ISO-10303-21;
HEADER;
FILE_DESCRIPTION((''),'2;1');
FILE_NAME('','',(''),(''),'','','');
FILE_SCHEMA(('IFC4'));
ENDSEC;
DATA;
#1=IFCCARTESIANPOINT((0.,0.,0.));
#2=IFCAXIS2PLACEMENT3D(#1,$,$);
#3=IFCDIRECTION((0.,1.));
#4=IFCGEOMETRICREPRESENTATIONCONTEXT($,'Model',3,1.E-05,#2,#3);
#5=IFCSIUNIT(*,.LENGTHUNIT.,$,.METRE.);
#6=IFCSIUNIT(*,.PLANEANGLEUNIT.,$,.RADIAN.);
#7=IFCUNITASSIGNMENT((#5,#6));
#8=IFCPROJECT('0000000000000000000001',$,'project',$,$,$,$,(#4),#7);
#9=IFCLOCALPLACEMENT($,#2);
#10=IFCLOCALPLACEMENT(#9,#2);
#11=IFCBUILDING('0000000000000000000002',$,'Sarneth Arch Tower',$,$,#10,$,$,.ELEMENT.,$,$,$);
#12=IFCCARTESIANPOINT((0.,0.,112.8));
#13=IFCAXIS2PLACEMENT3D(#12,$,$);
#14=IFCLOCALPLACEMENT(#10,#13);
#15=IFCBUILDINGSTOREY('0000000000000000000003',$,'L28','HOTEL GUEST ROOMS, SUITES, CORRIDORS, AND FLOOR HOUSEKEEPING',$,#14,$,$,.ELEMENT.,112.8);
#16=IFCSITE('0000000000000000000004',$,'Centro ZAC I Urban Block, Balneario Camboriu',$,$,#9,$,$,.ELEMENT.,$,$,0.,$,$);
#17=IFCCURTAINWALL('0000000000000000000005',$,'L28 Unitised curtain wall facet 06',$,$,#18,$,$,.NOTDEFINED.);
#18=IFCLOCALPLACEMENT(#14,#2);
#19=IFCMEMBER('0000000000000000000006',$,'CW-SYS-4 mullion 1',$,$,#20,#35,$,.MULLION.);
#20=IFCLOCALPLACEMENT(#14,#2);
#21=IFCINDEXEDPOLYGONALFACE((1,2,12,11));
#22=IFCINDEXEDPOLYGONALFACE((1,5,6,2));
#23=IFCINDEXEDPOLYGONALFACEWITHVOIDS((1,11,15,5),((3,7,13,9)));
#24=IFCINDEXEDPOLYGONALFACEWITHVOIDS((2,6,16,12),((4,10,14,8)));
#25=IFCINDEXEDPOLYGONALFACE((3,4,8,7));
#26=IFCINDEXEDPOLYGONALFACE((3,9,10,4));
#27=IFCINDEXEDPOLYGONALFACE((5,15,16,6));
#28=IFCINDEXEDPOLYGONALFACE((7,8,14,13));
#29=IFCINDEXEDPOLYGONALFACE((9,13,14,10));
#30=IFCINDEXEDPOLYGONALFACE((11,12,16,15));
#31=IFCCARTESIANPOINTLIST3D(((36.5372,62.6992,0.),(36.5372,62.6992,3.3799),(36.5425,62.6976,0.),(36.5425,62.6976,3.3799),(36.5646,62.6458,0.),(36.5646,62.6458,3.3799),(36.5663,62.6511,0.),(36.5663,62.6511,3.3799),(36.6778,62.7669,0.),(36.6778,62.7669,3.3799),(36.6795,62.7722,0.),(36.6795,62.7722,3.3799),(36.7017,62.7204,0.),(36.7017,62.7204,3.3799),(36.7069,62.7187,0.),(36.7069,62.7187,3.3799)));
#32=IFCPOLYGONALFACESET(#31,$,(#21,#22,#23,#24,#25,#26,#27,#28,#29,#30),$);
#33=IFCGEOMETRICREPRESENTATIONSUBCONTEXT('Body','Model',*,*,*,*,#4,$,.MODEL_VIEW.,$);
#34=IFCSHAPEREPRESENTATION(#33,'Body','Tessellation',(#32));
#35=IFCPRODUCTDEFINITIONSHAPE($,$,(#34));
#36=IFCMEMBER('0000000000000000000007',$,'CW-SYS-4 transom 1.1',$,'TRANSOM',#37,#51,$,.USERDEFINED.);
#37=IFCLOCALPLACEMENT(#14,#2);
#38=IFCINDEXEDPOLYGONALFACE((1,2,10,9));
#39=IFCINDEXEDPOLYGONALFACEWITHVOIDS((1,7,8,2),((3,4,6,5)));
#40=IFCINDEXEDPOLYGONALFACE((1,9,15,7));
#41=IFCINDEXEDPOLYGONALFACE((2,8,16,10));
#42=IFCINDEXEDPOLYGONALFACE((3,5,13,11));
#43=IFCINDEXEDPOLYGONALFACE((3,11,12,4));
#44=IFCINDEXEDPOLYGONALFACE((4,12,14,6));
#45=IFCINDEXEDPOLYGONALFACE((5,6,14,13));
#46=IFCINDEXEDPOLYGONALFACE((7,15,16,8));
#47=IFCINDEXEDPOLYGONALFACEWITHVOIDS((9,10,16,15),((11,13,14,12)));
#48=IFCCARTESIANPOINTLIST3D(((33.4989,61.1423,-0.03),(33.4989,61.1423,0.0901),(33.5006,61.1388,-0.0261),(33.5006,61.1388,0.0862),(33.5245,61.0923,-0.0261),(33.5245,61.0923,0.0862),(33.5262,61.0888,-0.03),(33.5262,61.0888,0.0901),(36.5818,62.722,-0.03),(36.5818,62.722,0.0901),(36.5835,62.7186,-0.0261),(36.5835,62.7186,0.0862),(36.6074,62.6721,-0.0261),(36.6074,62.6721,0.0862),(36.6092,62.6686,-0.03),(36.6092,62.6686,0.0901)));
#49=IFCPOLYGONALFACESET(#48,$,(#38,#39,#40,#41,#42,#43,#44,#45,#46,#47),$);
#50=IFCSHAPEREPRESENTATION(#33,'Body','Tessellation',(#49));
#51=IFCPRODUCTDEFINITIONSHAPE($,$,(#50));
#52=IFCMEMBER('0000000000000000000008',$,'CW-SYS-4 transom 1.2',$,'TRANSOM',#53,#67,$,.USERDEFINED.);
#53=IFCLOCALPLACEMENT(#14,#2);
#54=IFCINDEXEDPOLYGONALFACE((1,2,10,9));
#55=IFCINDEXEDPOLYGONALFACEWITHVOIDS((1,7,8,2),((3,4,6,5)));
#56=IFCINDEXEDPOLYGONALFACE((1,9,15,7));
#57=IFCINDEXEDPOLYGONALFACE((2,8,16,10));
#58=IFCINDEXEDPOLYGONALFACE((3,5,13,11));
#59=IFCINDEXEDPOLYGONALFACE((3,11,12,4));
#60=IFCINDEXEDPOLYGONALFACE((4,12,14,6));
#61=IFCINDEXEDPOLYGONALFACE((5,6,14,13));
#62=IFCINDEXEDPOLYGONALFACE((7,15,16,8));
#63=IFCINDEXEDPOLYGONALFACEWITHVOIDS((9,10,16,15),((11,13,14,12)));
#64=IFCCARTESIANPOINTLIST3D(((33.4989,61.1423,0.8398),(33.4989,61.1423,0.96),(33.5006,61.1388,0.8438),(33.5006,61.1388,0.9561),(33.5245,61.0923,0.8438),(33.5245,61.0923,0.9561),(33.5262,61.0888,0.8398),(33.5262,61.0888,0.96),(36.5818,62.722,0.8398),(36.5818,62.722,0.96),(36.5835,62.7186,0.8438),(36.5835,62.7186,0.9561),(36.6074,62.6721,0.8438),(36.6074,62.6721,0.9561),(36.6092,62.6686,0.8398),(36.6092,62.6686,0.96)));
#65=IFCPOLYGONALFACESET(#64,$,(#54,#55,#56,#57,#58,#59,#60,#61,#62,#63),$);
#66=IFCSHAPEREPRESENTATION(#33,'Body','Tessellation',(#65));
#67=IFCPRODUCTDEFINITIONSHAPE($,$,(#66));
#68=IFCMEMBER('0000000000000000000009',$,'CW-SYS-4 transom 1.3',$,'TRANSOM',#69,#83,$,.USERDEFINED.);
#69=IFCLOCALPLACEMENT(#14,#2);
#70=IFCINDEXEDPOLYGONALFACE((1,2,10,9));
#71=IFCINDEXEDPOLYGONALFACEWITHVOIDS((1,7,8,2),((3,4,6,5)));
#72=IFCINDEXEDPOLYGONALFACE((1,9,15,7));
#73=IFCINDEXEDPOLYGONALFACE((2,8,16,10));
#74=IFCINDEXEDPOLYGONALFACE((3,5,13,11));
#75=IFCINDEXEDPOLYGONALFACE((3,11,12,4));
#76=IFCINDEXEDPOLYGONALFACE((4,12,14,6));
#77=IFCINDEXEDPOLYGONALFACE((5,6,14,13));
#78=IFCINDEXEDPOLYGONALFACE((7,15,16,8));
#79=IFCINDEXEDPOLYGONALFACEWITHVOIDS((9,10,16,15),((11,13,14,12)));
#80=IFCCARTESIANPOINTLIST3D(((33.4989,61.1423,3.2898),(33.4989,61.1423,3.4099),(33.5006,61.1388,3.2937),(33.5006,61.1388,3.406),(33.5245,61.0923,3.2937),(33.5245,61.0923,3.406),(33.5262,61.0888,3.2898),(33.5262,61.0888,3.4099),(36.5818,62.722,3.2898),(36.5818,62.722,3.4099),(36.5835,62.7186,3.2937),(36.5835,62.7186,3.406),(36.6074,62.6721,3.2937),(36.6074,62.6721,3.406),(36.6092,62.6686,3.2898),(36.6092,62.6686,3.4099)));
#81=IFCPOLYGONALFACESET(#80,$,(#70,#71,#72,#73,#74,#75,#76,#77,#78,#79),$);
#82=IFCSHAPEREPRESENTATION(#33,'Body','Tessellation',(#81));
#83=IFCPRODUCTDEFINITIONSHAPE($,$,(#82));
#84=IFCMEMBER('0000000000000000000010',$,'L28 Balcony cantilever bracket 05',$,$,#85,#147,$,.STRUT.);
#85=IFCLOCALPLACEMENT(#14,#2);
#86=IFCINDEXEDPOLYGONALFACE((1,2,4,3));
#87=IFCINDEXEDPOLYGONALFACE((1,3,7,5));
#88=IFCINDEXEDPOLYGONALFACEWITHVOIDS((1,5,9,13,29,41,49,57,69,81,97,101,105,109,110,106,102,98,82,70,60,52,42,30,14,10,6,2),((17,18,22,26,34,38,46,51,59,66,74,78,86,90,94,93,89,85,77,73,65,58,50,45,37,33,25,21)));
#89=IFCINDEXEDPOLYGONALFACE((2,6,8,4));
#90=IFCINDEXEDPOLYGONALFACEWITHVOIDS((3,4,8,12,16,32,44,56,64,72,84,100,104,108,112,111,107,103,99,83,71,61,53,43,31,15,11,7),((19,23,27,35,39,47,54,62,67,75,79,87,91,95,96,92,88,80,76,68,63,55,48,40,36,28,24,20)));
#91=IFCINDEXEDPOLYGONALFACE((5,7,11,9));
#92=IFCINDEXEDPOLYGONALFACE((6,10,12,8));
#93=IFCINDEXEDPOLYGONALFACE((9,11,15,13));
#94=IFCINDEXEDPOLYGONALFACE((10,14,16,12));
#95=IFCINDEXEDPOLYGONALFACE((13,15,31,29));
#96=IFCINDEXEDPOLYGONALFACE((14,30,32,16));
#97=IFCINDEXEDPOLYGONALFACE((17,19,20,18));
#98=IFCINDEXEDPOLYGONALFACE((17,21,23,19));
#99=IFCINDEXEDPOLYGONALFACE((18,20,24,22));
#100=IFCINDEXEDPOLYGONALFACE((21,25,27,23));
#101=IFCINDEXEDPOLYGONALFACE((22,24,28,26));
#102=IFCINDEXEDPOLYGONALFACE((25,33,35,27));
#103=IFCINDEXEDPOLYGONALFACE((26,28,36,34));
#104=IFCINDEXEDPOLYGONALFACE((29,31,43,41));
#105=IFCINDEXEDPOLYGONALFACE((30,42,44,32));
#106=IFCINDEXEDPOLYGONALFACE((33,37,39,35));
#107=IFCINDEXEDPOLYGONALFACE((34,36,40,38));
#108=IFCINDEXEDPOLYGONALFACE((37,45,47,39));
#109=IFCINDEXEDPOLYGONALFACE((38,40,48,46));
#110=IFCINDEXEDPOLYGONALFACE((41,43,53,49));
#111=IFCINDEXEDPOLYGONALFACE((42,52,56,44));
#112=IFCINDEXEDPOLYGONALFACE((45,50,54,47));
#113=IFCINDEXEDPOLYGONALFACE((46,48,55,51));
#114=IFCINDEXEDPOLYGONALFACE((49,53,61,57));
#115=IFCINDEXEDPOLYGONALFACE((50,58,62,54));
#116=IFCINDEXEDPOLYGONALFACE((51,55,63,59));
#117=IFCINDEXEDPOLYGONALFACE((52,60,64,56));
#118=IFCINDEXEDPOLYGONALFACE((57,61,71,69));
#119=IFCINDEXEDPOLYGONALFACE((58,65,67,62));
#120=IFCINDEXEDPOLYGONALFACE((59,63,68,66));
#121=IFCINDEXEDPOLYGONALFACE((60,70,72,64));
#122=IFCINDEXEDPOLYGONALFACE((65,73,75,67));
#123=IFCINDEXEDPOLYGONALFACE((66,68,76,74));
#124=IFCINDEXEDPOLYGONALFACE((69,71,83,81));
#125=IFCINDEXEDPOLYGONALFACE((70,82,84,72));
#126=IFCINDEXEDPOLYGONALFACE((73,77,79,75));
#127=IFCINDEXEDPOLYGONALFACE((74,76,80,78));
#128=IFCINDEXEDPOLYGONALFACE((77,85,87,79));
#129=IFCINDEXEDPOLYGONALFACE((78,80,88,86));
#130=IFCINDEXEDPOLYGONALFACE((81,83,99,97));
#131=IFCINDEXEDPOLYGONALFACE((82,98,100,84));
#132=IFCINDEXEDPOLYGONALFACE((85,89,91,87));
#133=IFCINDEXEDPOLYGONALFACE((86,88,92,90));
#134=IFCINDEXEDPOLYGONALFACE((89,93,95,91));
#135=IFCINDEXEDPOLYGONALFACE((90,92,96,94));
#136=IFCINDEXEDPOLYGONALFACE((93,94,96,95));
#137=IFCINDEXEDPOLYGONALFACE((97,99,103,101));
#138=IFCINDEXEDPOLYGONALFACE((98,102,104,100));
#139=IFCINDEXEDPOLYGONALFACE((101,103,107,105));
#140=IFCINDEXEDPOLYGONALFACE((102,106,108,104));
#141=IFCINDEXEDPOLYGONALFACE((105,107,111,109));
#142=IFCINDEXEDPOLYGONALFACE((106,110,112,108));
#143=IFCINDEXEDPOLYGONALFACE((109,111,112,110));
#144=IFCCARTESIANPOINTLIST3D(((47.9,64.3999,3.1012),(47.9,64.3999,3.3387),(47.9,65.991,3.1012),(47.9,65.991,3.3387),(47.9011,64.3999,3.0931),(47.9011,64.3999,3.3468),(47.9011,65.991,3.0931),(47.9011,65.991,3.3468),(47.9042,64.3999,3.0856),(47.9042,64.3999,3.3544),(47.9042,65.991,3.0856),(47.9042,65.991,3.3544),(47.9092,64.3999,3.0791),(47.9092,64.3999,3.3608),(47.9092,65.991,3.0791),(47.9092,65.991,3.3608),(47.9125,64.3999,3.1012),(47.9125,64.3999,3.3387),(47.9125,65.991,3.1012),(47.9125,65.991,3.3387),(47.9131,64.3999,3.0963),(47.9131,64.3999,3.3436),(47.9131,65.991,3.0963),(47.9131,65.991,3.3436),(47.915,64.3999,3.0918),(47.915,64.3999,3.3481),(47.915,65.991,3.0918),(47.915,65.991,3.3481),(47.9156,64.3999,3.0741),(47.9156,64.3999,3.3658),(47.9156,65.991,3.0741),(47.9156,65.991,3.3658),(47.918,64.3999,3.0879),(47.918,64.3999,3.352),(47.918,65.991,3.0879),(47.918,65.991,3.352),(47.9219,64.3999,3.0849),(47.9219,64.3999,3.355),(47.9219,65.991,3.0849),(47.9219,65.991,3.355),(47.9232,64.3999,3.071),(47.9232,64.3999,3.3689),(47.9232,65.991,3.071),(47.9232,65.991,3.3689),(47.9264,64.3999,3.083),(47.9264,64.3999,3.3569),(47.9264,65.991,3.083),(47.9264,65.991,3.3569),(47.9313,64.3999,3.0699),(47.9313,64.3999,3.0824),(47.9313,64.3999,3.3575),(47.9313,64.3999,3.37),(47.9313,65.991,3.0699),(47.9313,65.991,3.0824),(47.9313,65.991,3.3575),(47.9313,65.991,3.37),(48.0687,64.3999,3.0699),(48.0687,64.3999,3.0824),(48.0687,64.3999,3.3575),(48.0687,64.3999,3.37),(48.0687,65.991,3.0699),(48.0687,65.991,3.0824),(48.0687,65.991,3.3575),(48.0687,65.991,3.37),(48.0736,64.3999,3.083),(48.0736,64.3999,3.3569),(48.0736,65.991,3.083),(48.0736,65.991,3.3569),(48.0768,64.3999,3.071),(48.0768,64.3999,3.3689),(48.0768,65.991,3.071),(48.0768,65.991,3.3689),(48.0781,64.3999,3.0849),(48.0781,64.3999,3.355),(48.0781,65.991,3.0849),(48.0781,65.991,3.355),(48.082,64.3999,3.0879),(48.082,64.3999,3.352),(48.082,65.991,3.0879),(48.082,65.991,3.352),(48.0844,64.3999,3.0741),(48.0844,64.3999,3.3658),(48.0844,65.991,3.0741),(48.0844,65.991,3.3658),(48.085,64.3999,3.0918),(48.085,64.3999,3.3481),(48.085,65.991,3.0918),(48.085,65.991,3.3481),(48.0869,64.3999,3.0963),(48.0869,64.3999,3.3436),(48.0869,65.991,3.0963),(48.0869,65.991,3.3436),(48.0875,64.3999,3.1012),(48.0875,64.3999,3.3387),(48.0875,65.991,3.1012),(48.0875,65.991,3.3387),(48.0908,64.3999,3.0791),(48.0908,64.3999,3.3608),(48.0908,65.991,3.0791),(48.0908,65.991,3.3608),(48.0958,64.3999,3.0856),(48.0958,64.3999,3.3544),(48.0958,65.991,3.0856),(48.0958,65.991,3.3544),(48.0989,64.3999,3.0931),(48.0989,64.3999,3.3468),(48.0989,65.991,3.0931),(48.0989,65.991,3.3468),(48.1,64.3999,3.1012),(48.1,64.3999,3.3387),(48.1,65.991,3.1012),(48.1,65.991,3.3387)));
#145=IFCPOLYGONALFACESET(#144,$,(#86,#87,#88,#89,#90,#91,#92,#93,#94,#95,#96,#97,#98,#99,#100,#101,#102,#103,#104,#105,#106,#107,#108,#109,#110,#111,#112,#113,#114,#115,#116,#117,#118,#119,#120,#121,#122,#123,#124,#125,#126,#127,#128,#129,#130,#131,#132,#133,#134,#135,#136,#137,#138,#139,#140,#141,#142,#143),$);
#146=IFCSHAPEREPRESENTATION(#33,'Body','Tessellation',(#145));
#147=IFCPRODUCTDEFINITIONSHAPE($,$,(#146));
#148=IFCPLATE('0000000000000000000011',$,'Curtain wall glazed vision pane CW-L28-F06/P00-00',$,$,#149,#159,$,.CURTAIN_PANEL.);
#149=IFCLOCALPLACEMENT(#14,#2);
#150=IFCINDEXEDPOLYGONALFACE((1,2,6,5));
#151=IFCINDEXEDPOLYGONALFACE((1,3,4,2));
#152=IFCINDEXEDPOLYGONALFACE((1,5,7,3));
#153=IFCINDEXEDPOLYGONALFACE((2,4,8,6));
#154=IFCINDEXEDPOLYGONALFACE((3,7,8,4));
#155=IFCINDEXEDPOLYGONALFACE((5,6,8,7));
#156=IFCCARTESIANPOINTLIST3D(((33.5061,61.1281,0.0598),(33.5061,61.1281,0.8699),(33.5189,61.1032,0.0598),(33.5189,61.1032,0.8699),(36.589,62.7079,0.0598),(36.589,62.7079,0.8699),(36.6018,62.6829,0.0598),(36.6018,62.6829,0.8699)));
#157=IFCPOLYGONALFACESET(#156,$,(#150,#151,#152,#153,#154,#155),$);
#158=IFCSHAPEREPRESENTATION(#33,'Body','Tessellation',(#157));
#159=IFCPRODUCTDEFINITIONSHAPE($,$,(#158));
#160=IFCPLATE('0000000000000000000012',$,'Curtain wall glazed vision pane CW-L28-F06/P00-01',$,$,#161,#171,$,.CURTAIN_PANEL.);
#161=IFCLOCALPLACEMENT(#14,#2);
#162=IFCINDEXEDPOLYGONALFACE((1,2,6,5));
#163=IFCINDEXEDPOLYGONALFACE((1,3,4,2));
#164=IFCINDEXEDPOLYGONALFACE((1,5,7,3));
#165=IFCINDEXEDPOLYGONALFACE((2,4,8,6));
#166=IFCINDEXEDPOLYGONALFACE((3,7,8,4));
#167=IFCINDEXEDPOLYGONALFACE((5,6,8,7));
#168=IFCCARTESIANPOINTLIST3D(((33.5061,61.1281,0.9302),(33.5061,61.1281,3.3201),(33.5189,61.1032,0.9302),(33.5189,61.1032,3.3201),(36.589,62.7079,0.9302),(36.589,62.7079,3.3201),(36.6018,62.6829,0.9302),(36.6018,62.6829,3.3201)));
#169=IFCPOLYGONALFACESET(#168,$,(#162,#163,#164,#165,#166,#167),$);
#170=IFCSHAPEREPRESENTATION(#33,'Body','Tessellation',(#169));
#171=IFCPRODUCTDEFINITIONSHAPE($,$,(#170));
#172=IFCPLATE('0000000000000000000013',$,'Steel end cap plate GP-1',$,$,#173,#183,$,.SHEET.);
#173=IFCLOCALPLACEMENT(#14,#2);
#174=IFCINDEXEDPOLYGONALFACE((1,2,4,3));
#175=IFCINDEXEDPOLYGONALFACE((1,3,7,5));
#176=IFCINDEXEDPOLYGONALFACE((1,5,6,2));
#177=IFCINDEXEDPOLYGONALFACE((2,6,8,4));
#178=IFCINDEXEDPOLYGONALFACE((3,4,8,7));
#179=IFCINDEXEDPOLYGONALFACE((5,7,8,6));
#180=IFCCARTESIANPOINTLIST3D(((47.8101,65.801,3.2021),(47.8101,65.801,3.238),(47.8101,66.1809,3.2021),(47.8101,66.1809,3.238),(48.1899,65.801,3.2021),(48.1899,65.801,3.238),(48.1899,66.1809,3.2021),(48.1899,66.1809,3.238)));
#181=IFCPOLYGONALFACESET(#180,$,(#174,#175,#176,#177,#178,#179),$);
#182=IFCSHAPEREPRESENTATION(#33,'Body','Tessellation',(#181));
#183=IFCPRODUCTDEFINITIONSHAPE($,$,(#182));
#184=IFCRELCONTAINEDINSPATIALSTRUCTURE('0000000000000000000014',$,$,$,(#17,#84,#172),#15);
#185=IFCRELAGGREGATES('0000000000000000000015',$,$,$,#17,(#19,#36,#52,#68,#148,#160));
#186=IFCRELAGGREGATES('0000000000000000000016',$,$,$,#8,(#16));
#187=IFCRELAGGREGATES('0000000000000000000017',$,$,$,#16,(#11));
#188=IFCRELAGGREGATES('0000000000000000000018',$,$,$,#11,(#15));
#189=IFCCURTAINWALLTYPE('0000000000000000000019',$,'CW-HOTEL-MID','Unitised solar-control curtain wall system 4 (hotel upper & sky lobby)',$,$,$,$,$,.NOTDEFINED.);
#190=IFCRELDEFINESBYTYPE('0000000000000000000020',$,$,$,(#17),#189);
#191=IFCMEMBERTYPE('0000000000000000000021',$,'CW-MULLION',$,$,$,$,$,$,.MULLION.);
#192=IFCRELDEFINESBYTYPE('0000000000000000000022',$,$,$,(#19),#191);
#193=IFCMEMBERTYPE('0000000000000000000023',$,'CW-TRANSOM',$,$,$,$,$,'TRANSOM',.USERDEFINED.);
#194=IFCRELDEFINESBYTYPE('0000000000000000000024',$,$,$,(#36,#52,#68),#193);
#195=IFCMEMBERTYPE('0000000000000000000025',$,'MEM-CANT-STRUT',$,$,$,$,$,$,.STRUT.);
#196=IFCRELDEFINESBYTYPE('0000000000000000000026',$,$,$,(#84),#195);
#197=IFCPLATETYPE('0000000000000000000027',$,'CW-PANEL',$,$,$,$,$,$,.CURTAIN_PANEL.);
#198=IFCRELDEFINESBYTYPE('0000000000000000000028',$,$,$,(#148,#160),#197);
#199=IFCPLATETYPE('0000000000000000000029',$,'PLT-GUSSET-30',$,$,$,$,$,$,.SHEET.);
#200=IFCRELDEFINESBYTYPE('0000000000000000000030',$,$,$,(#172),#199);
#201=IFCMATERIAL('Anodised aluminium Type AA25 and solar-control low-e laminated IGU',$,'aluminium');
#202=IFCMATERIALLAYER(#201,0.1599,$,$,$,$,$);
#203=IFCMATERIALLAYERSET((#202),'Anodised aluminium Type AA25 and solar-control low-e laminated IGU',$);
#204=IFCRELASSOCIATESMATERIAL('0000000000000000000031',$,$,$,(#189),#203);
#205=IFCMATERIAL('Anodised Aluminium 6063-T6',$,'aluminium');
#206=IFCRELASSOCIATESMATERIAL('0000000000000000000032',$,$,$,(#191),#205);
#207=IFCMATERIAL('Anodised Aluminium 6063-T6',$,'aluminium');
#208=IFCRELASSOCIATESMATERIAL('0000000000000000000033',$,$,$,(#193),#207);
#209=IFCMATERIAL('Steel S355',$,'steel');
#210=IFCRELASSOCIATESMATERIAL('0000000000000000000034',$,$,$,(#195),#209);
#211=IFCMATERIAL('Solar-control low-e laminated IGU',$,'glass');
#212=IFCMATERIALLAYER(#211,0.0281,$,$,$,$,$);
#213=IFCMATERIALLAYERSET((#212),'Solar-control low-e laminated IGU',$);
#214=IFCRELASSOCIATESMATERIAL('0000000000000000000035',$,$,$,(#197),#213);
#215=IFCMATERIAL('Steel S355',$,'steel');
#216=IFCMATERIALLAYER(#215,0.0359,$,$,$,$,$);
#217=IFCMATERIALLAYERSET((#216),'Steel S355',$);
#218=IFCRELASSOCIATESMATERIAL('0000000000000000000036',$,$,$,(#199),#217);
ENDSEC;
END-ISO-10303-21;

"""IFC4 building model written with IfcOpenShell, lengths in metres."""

from ifc_helpers import new_model, si_unit, direction, frame, origin, origin_2d, place, context, subcontext, project, spatial, rectangle, hollow_rectangle, extrude, material, layer, layer_set, material_profile, profile_set, type_object, element, aggregate, save


model = new_model("IFC4")

# Units and contexts
model_context = context("Model", 3, precision=1e-05, world=origin(), true_north=direction((0.0, 1.0)))
body_context = subcontext(model_context, "Body", "Model", "MODEL_VIEW")
ifc_project = project(units=[si_unit("LENGTHUNIT", "METRE"), si_unit("PLANEANGLEUNIT", "RADIAN")], contexts=[model_context])

# Site, building, storey
site_placement = place(None, origin())
site = spatial("IfcSite", under=ifc_project, at=site_placement, Name="Centro ZAC I Urban Block, Balneario Camboriu", CompositionType="ELEMENT", RefElevation=0.0)
building_placement = place(site_placement, origin())
building = spatial("IfcBuilding", under=site, at=building_placement, Name="Sarneth Arch Tower", CompositionType="ELEMENT")
storey_placement = place(building_placement, frame((0.0, 0.0, 112.8)))
storey = spatial("IfcBuildingStorey", under=building, at=storey_placement, Name="L28", Description="HOTEL GUEST ROOMS, SUITES, CORRIDORS, AND FLOOR HOUSEKEEPING", CompositionType="ELEMENT", Elevation=112.8)

# Curtain wall, members
ifc_material_1 = material(Name="Anodised aluminium Type AA25 and solar-control low-e laminated IGU", Category="aluminium")
ifc_layer_1 = layer(ifc_material_1, 0.1599)
ifc_layer_set_1 = layer_set([ifc_layer_1], Name="Anodised aluminium Type AA25 and solar-control low-e laminated IGU")
curtain_wall_type = type_object("IfcCurtainWallType", Name="CW-HOTEL-MID", Description="Unitised solar-control curtain wall system 4 (hotel upper & sky lobby)", PredefinedType="NOTDEFINED", material=ifc_layer_set_1)
curtain_wall_placement = place(storey_placement, origin())
curtain_wall = element("IfcCurtainWall", 1, at=curtain_wall_placement, inside=storey, type_object=curtain_wall_type, Name="L28 Unitised curtain wall facet 06", PredefinedType="NOTDEFINED")
ifc_material_2 = material(Name="Anodised Aluminium 6063-T6", Category="aluminium")
ifc_material_profile_1 = material_profile(ifc_material_2, hollow_rectangle(XDim=0.0601, YDim=0.1599, WallThickness=0.0039, at=origin_2d()), Name="AL-MULL-160x60x4")
ifc_profile_set_1 = profile_set([ifc_material_profile_1], Name="Anodised Aluminium 6063-T6")
member_type_1 = type_object("IfcMemberType", Name="CW-MULLION", PredefinedType="MULLION", material=ifc_profile_set_1)
member_1_placement = place(storey_placement, frame((36.6221, 62.709, 0.0), z_axis=(0.0, 0.0, 1.0), x_axis=(0.456031, -0.889964, 0.0)))
member_1 = element("IfcMember", 2, at=member_1_placement, type_object=member_type_1, Name="CW-SYS-4 mullion 1", PredefinedType="MULLION", context=body_context, shape_type="SweptSolid", body=[
    extrude(hollow_rectangle(XDim=0.0601, YDim=0.1599, WallThickness=0.0039, at=origin_2d()), origin(), (0.0, 0.0, 1.0), 3.3799),
])
ifc_material_3 = material(Name="Anodised Aluminium 6063-T6", Category="aluminium")
ifc_material_profile_2 = material_profile(ifc_material_3, hollow_rectangle(XDim=0.0601, YDim=0.1201, WallThickness=0.0039, at=origin_2d()), Name="AL-TRAN-120x60x4")
ifc_profile_set_2 = profile_set([ifc_material_profile_2], Name="Anodised Aluminium 6063-T6")
member_type_2 = type_object("IfcMemberType", Name="CW-TRANSOM", ElementType="TRANSOM", PredefinedType="USERDEFINED", material=ifc_profile_set_2)
member_2_placement = place(storey_placement, frame((36.5955, 62.6953, 0.03), z_axis=(-0.889958, -0.456043, 0.0), x_axis=(0.456043, -0.889958, 0.0)))
member_2 = element("IfcMember", 3, at=member_2_placement, type_object=member_type_2, Name="CW-SYS-4 transom 1.1", ObjectType="TRANSOM", PredefinedType="USERDEFINED", context=body_context, shape_type="SweptSolid", body=[
    extrude(hollow_rectangle(XDim=0.0601, YDim=0.1201, WallThickness=0.0039, at=origin_2d()), origin(), (0.0, 0.0, 1.0), 3.4641),
])
member_3_placement = place(storey_placement, frame((36.5955, 62.6953, 0.8999), z_axis=(-0.889958, -0.456043, 0.0), x_axis=(0.456043, -0.889958, 0.0)))
member_3 = element("IfcMember", 4, at=member_3_placement, type_object=member_type_2, Name="CW-SYS-4 transom 1.2", ObjectType="TRANSOM", PredefinedType="USERDEFINED", context=body_context, shape_type="SweptSolid", body=[
    extrude(hollow_rectangle(XDim=0.0601, YDim=0.1201, WallThickness=0.0039, at=origin_2d()), origin(), (0.0, 0.0, 1.0), 3.4641),
])
member_4_placement = place(storey_placement, frame((36.5955, 62.6953, 3.3499), z_axis=(-0.889958, -0.456043, 0.0), x_axis=(0.456043, -0.889958, 0.0)))
member_4 = element("IfcMember", 5, at=member_4_placement, type_object=member_type_2, Name="CW-SYS-4 transom 1.3", ObjectType="TRANSOM", PredefinedType="USERDEFINED", context=body_context, shape_type="SweptSolid", body=[
    extrude(hollow_rectangle(XDim=0.0601, YDim=0.1201, WallThickness=0.0039, at=origin_2d()), origin(), (0.0, 0.0, 1.0), 3.4641),
])

# Member
ifc_material_4 = material(Name="Steel S355", Category="steel")
ifc_material_profile_3 = material_profile(ifc_material_4, hollow_rectangle(XDim=0.2, YDim=0.3, WallThickness=0.0125, InnerFilletRadius=0.0188, OuterFilletRadius=0.0312, at=origin_2d()), Name="RHS300x200x12.5")
ifc_profile_set_3 = profile_set([ifc_material_profile_3], Name="Steel S355")
member_type_3 = type_object("IfcMemberType", Name="MEM-CANT-STRUT", PredefinedType="STRUT", material=ifc_profile_set_3)
member_5_placement = place(storey_placement, frame((48.0, 64.3999, 3.22), z_axis=(0.0, 1.0, 0.0), x_axis=(-1.0, 0.0, 0.0)))
element("IfcMember", 6, at=member_5_placement, inside=storey, type_object=member_type_3, Name="L28 Balcony cantilever bracket 05", PredefinedType="STRUT", context=body_context, shape_type="SweptSolid", body=[
    extrude(hollow_rectangle(XDim=0.2, YDim=0.3, WallThickness=0.0125, InnerFilletRadius=0.0188, OuterFilletRadius=0.0312, at=origin_2d()), origin(), (0.0, 0.0, 1.0), 1.5911),
])

# Plates
ifc_material_5 = material(Name="Solar-control low-e laminated IGU", Category="glass")
ifc_layer_2 = layer(ifc_material_5, 0.0281)
ifc_layer_set_2 = layer_set([ifc_layer_2], Name="Solar-control low-e laminated IGU")
plate_type_1 = type_object("IfcPlateType", Name="CW-PANEL", PredefinedType="CURTAIN_PANEL", material=ifc_layer_set_2)
plate_1_placement = place(storey_placement, frame((35.054, 61.9055, 0.0598), z_axis=(0.0, 0.0, 1.0), x_axis=(-0.889964, -0.456031, 0.0)))
plate_1 = element("IfcPlate", 7, at=plate_1_placement, type_object=plate_type_1, Name="Curtain wall glazed vision pane CW-L28-F06/P00-00", PredefinedType="CURTAIN_PANEL", context=body_context, shape_type="SweptSolid", body=[
    extrude(rectangle(XDim=3.4641, YDim=0.0281, at=origin_2d()), origin(), (0.0, 0.0, 1.0), 0.8101),
])
plate_2_placement = place(storey_placement, frame((35.054, 61.9055, 0.9302), z_axis=(0.0, 0.0, 1.0), x_axis=(-0.889964, -0.456031, 0.0)))
plate_2 = element("IfcPlate", 8, at=plate_2_placement, type_object=plate_type_1, Name="Curtain wall glazed vision pane CW-L28-F06/P00-01", PredefinedType="CURTAIN_PANEL", context=body_context, shape_type="SweptSolid", body=[
    extrude(rectangle(XDim=3.4641, YDim=0.0281, at=origin_2d()), origin(), (0.0, 0.0, 1.0), 2.3899),
])
aggregate(curtain_wall, [member_1, member_2, member_3, member_4, plate_1, plate_2])
ifc_material_6 = material(Name="Steel S355", Category="steel")
ifc_layer_3 = layer(ifc_material_6, 0.0359)
ifc_layer_set_3 = layer_set([ifc_layer_3], Name="Steel S355")
plate_type_2 = type_object("IfcPlateType", Name="PLT-GUSSET-30", PredefinedType="SHEET", material=ifc_layer_set_3)
plate_3_placement = place(storey_placement, frame((48.0, 65.991, 3.2021), z_axis=(0.0, 0.0, 1.0), x_axis=(0.0, 1.0, 0.0)))
element("IfcPlate", 9, at=plate_3_placement, inside=storey, type_object=plate_type_2, Name="Steel end cap plate GP-1", PredefinedType="SHEET", context=body_context, shape_type="SweptSolid", body=[
    extrude(rectangle(XDim=0.3799, YDim=0.3799, at=origin_2d()), origin(), (0.0, 0.0, 1.0), 0.0359),
])

save(model, "model.ifc")
